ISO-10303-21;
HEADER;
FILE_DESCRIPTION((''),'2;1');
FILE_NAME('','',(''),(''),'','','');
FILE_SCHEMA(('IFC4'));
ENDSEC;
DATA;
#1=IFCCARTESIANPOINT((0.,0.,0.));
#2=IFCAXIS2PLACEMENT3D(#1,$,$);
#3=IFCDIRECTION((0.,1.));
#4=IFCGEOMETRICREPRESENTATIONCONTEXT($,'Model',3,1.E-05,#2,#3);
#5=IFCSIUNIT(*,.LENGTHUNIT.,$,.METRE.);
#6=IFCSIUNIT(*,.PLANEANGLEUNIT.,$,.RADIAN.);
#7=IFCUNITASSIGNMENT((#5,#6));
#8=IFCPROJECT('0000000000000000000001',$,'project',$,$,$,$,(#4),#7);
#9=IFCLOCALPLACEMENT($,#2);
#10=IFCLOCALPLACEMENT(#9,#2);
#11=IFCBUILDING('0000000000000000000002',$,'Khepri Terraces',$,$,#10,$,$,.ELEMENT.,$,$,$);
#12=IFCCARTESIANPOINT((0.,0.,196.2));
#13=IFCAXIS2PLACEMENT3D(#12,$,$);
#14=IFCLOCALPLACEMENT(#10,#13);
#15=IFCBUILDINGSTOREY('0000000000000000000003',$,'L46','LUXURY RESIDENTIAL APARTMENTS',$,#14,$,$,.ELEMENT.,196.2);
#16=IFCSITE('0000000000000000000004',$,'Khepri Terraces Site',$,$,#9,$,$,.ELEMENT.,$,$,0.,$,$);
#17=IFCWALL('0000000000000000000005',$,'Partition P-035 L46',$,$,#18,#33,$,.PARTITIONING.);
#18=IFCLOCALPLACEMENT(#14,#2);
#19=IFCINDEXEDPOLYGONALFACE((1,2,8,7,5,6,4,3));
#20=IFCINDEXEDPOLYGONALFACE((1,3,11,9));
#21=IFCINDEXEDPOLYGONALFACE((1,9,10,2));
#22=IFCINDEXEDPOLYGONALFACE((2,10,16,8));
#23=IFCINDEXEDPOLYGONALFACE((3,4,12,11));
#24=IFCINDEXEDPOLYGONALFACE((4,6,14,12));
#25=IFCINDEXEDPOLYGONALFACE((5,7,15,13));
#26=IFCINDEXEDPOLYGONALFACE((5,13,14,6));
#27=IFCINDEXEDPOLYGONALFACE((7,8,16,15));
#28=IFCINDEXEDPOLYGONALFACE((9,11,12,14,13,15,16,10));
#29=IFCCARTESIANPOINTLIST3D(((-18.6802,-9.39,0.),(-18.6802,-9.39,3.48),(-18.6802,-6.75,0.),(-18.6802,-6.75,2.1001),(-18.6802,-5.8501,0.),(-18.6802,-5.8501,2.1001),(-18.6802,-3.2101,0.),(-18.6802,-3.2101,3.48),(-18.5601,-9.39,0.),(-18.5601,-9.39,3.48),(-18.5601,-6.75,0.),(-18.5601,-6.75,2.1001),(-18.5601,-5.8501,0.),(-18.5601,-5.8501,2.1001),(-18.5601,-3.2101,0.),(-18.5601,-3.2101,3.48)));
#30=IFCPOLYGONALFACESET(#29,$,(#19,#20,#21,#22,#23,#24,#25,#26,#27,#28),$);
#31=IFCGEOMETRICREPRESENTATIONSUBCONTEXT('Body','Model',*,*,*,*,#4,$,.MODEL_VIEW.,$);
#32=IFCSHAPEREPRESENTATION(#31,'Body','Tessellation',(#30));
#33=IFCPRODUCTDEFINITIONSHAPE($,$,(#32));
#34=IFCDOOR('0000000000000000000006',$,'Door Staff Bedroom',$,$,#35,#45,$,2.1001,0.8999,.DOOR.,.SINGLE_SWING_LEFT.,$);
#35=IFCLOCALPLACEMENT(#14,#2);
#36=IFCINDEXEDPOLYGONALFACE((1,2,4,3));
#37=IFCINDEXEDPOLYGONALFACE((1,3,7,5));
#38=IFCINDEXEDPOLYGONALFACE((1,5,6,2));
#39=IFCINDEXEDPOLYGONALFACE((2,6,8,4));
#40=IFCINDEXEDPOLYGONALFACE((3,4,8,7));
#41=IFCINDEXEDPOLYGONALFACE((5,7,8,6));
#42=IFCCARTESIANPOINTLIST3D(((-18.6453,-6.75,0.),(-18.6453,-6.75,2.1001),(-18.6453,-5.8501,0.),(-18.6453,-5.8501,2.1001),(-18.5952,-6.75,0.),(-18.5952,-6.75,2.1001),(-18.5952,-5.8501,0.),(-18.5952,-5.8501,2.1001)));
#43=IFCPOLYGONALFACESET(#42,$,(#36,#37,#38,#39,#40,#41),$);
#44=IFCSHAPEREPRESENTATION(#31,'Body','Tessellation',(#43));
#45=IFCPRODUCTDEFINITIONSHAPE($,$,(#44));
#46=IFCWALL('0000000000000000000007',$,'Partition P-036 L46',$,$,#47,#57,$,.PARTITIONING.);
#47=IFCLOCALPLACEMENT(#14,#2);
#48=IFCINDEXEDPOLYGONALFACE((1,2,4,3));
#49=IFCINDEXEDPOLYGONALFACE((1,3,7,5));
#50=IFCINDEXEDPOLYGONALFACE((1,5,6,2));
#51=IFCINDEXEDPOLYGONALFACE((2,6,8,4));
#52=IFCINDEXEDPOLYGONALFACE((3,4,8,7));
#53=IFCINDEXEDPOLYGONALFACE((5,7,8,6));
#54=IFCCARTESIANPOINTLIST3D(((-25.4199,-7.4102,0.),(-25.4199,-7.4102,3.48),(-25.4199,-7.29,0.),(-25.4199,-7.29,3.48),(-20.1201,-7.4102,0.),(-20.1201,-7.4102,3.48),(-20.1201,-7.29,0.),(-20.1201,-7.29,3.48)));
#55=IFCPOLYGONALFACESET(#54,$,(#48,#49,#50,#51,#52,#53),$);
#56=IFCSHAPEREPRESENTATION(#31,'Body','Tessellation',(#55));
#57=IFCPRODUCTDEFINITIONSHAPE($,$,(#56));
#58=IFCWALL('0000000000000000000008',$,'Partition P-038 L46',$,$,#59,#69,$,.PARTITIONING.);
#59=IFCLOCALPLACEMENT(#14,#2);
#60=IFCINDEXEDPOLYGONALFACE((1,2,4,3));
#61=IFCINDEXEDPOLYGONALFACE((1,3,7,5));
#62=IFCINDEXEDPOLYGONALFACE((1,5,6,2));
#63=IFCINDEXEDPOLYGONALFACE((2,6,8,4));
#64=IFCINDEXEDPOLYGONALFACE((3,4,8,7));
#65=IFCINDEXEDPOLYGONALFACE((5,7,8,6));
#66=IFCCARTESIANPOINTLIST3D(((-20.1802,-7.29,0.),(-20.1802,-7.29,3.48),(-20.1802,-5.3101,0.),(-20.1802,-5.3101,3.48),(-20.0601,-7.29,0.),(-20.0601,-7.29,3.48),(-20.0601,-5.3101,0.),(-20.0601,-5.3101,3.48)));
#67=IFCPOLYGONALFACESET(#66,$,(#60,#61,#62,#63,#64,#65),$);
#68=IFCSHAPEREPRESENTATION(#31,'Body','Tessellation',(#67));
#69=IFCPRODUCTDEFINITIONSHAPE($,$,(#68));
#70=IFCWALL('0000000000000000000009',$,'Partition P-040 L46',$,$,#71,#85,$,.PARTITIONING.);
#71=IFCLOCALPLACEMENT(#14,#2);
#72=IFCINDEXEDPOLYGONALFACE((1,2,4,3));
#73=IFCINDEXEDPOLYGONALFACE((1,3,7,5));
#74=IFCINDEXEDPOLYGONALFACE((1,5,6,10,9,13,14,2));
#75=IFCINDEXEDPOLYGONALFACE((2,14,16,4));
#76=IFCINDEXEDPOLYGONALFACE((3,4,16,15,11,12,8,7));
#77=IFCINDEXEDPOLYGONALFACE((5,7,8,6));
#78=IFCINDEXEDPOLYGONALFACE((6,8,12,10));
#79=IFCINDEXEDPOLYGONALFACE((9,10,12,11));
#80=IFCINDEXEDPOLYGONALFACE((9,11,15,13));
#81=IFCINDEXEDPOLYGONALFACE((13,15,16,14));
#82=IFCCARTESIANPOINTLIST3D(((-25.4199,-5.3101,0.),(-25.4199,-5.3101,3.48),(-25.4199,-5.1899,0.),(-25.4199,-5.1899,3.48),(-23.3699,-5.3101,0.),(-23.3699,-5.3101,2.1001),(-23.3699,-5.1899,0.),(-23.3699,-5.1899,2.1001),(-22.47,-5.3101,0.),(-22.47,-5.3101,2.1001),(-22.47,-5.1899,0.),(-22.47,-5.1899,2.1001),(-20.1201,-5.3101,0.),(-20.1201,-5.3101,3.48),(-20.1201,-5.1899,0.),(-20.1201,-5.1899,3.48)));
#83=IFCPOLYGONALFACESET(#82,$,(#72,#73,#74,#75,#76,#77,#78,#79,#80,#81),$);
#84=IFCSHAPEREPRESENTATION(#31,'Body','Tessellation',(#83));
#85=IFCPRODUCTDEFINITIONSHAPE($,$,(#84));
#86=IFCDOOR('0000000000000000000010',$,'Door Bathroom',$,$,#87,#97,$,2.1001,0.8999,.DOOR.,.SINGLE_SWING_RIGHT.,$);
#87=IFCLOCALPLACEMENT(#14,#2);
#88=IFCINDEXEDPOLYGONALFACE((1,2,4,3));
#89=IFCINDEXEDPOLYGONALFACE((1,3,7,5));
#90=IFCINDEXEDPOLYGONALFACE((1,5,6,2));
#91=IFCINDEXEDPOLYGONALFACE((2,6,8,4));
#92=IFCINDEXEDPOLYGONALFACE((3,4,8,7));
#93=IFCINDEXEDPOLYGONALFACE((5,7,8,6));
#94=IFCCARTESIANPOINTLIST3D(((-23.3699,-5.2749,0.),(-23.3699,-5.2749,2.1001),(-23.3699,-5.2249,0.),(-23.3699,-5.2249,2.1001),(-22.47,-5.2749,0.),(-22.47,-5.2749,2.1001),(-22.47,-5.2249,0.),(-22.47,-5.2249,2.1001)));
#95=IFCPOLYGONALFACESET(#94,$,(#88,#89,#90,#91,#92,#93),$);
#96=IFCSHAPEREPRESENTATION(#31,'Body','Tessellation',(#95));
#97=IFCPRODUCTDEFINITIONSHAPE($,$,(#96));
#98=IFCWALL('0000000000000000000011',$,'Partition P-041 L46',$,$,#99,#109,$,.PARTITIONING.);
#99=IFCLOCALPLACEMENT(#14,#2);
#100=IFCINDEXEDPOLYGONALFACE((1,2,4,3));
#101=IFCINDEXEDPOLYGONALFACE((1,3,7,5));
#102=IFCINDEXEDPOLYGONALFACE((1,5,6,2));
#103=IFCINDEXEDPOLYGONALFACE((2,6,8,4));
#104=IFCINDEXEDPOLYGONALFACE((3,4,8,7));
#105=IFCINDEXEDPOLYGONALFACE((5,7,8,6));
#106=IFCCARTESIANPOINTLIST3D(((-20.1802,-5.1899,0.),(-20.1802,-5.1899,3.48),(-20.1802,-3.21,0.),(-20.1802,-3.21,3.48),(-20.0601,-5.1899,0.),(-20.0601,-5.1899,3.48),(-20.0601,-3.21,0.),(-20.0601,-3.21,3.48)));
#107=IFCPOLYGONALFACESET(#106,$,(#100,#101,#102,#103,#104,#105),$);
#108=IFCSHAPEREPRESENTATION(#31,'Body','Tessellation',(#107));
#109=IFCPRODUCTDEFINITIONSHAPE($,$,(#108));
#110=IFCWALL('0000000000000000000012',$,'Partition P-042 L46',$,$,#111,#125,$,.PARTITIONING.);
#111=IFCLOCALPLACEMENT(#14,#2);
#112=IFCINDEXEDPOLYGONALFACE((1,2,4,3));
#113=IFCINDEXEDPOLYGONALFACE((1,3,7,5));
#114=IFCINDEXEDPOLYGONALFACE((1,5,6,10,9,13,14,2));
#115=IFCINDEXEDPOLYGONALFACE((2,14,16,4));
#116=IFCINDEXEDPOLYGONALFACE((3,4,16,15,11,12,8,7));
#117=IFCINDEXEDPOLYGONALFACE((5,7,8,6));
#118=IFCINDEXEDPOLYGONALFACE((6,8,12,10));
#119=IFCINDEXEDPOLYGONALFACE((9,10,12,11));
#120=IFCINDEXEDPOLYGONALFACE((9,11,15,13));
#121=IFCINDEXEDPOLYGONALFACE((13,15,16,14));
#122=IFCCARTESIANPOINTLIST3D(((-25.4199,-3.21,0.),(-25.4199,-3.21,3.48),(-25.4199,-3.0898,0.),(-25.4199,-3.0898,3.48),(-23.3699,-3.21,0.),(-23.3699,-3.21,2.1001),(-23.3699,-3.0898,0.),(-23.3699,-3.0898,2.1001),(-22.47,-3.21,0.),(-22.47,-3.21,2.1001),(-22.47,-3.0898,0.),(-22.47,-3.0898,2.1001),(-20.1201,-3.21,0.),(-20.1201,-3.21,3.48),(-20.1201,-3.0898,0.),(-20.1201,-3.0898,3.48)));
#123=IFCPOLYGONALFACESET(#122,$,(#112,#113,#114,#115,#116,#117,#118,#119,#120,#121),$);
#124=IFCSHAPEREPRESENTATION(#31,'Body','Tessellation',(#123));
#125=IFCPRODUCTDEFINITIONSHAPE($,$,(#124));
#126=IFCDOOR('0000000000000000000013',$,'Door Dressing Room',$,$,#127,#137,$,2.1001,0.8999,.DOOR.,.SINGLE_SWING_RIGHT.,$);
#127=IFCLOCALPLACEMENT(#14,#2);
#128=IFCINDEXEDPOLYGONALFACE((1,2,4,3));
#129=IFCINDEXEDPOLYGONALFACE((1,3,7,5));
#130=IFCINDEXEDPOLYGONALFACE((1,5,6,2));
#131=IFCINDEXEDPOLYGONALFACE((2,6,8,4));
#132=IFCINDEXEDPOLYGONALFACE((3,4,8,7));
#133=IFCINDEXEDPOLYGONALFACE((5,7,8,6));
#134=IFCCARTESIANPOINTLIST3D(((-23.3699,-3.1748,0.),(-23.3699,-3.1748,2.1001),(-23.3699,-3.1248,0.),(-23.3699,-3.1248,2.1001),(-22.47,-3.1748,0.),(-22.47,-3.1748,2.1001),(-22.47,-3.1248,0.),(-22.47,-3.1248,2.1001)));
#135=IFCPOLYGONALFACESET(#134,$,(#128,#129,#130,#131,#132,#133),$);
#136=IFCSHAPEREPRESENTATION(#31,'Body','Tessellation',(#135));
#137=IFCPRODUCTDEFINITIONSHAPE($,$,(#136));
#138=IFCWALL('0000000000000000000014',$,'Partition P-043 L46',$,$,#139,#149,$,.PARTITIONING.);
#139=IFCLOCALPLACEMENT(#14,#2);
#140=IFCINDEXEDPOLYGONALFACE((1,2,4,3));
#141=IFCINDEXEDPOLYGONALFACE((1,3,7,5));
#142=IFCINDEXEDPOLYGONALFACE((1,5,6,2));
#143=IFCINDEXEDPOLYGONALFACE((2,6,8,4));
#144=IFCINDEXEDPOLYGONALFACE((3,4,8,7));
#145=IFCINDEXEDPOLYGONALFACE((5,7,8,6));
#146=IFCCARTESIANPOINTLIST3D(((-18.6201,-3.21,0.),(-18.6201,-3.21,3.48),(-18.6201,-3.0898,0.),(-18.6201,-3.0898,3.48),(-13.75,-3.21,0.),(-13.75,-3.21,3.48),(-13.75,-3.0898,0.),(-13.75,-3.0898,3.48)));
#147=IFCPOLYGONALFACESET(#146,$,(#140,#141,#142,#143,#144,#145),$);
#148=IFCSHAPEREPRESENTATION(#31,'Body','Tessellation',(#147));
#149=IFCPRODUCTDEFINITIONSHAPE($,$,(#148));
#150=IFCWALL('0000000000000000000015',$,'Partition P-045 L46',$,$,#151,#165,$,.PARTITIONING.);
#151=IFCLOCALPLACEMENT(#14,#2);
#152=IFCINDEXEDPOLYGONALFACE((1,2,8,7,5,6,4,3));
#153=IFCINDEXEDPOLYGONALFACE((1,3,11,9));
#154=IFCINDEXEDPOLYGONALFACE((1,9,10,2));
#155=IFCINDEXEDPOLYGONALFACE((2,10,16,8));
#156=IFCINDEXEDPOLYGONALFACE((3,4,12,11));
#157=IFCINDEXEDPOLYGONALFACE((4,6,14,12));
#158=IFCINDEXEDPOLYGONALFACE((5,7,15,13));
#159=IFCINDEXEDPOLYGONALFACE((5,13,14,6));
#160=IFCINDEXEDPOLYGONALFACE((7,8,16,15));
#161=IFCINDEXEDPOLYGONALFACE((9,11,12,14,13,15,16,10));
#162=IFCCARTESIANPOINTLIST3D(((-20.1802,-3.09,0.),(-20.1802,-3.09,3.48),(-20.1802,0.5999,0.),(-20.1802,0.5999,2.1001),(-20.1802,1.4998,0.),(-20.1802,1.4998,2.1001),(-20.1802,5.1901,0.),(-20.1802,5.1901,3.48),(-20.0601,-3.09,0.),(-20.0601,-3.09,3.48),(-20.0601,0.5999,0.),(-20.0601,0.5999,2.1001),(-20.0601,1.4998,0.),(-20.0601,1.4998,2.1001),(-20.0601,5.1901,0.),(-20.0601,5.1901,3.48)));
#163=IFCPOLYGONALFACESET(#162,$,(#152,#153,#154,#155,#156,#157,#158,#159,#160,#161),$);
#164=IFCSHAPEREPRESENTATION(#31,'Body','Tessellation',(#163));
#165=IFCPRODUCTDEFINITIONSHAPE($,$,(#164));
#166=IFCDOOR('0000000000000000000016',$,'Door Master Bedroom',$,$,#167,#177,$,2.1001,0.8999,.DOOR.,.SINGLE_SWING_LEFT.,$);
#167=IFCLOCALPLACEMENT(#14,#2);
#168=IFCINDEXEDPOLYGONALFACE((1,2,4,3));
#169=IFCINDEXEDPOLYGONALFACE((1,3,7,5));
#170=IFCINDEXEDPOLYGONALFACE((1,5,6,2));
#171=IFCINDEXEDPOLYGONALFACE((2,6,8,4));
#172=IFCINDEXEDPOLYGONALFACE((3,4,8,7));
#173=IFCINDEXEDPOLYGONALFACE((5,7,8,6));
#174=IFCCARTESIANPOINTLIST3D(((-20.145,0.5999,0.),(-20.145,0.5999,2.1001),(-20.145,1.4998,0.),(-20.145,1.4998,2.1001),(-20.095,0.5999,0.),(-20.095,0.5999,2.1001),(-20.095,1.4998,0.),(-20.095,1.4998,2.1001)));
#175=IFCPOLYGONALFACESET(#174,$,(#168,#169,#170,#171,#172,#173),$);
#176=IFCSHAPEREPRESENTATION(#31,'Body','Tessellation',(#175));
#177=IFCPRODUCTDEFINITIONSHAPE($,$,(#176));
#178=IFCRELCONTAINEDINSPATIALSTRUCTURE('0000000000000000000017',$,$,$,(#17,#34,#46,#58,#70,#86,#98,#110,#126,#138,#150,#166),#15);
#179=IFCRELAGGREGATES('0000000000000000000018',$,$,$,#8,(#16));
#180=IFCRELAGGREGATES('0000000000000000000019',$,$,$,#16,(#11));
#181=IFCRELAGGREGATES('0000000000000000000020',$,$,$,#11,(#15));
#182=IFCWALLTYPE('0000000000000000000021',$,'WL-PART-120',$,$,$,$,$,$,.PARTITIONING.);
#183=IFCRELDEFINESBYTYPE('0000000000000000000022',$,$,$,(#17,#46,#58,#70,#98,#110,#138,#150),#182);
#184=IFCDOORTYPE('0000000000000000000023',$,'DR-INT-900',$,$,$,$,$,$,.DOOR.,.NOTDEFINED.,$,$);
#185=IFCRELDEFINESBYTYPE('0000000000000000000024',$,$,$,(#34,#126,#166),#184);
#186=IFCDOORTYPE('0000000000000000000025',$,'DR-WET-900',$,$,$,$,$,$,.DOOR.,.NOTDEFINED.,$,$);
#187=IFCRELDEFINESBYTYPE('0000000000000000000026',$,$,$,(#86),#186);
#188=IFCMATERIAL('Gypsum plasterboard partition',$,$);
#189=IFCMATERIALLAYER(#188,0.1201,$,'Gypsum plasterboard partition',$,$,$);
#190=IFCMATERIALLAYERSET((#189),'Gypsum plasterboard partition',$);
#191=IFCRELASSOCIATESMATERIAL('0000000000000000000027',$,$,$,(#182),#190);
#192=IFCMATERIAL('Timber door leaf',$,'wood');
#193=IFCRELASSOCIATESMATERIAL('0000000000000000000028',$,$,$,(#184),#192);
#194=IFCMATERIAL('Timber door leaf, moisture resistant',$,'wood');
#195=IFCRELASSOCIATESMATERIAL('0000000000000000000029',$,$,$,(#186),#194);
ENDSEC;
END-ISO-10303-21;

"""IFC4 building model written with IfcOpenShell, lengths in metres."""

from ifc_helpers import new_model, si_unit, direction, frame, frame_2d, origin, place, context, subcontext, project, spatial, rectangle, extrude, material, layer, layer_set, type_object, element, fill, save


model = new_model("IFC4")

# Units and contexts
model_context = context("Model", 3, precision=1e-05, world=origin(), true_north=direction((0.0, 1.0)))
body_context = subcontext(model_context, "Body", "Model", "MODEL_VIEW")
ifc_project = project(units=[si_unit("LENGTHUNIT", "METRE"), si_unit("PLANEANGLEUNIT", "RADIAN")], contexts=[model_context])

# Site, building, storey
site_placement = place(None, origin())
site = spatial("IfcSite", under=ifc_project, at=site_placement, Name="Khepri Terraces Site", CompositionType="ELEMENT", RefElevation=0.0)
building_placement = place(site_placement, origin())
building = spatial("IfcBuilding", under=site, at=building_placement, Name="Khepri Terraces", CompositionType="ELEMENT")
storey_placement = place(building_placement, frame((0.0, 0.0, 196.2)))
storey = spatial("IfcBuildingStorey", under=building, at=storey_placement, Name="L46", Description="LUXURY RESIDENTIAL APARTMENTS", CompositionType="ELEMENT", Elevation=196.2)

# Shared definitions
ifc_material_1 = material(Name="Gypsum plasterboard partition")
ifc_layer_1 = layer(ifc_material_1, 0.1201, Name="Gypsum plasterboard partition")
ifc_layer_set_1 = layer_set([ifc_layer_1], Name="Gypsum plasterboard partition")
wall_type_1 = type_object("IfcWallType", Name="WL-PART-120", PredefinedType="PARTITIONING", material=ifc_layer_set_1)

# Wall, opening, door
wall_1_placement = place(storey_placement, frame((-18.6201, -9.3899, 0.0), z_axis=(0.0, 0.0, 1.0), x_axis=(0.0, 1.0, 0.0)))
wall_1 = element("IfcWall", 1, at=wall_1_placement, inside=storey, type_object=wall_type_1, Name="Partition P-035 L46", PredefinedType="PARTITIONING", context=body_context, shape_type="SweptSolid", body=[
    extrude(rectangle(XDim=6.1799, YDim=0.1201, at=frame_2d((3.0898, 0.0))), origin(), (0.0, 0.0, 1.0), 3.48),
])
opening_1_placement = place(wall_1_placement, frame((2.6399, 0.0, 0.0)))
opening_1 = element("IfcOpeningElement", 2, at=opening_1_placement, cuts=wall_1, PredefinedType="OPENING", context=body_context, shape_type="SweptSolid", body=[
    extrude(rectangle(XDim=0.8999, YDim=2.1001, at=frame_2d((0.45, 1.05))), frame((0.0, 0.0701, 0.0), z_axis=(0.0, -1.0, 0.0), x_axis=(1.0, 0.0, 0.0)), (0.0, 0.0, 1.0), 0.1401),
])
ifc_material_2 = material(Name="Timber door leaf", Category="wood")
door_type_1 = type_object("IfcDoorType", Name="DR-INT-900", OperationType="NOTDEFINED", PredefinedType="DOOR", material=ifc_material_2)
door_1_placement = place(opening_1_placement, frame((0.8999, 0.0, 0.0), z_axis=(0.0, 0.0, 1.0), x_axis=(-1.0, 0.0, 0.0)))
door_1 = element("IfcDoor", 3, at=door_1_placement, inside=storey, type_object=door_type_1, Name="Door Staff Bedroom", OperationType="SINGLE_SWING_LEFT", OverallHeight=2.1001, OverallWidth=0.8999, PredefinedType="DOOR", context=body_context, shape_type="SweptSolid", body=[
    extrude(rectangle(XDim=0.8999, YDim=2.1001, at=frame_2d((0.45, 1.05))), frame((0.0, 0.0249, 0.0), z_axis=(0.0, -1.0, 0.0), x_axis=(1.0, 0.0, 0.0)), (0.0, 0.0, 1.0), 0.05),
])
fill(opening_1, door_1)

# Walls
wall_2_placement = place(storey_placement, frame((-25.4199, -7.3501, 0.0), z_axis=(0.0, 0.0, 1.0), x_axis=(1.0, 0.0, 0.0)))
element("IfcWall", 4, at=wall_2_placement, inside=storey, type_object=wall_type_1, Name="Partition P-036 L46", PredefinedType="PARTITIONING", context=body_context, shape_type="SweptSolid", body=[
    extrude(rectangle(XDim=5.2998, YDim=0.1201, at=frame_2d((2.6499, 0.0))), origin(), (0.0, 0.0, 1.0), 3.48),
])
wall_3_placement = place(storey_placement, frame((-20.1201, -7.29, 0.0), z_axis=(0.0, 0.0, 1.0), x_axis=(0.0, 1.0, 0.0)))
element("IfcWall", 5, at=wall_3_placement, inside=storey, type_object=wall_type_1, Name="Partition P-038 L46", PredefinedType="PARTITIONING", context=body_context, shape_type="SweptSolid", body=[
    extrude(rectangle(XDim=1.98, YDim=0.1201, at=frame_2d((0.99, 0.0))), origin(), (0.0, 0.0, 1.0), 3.48),
])

# Wall, opening, door
wall_4_placement = place(storey_placement, frame((-25.4199, -5.25, 0.0), z_axis=(0.0, 0.0, 1.0), x_axis=(1.0, 0.0, 0.0)))
wall_4 = element("IfcWall", 6, at=wall_4_placement, inside=storey, type_object=wall_type_1, Name="Partition P-040 L46", PredefinedType="PARTITIONING", context=body_context, shape_type="SweptSolid", body=[
    extrude(rectangle(XDim=5.2998, YDim=0.1201, at=frame_2d((2.6499, 0.0))), origin(), (0.0, 0.0, 1.0), 3.48),
])
opening_2_placement = place(wall_4_placement, frame((2.05, 0.0, 0.0)))
opening_2 = element("IfcOpeningElement", 7, at=opening_2_placement, cuts=wall_4, PredefinedType="OPENING", context=body_context, shape_type="SweptSolid", body=[
    extrude(rectangle(XDim=0.8999, YDim=2.1001, at=frame_2d((0.45, 1.05))), frame((0.0, 0.0701, 0.0), z_axis=(0.0, -1.0, 0.0), x_axis=(1.0, 0.0, 0.0)), (0.0, 0.0, 1.0), 0.1401),
])
ifc_material_3 = material(Name="Timber door leaf, moisture resistant", Category="wood")
door_type_2 = type_object("IfcDoorType", Name="DR-WET-900", OperationType="NOTDEFINED", PredefinedType="DOOR", material=ifc_material_3)
door_2_placement = place(opening_2_placement, frame((0.8999, 0.0, 0.0), z_axis=(0.0, 0.0, 1.0), x_axis=(-1.0, 0.0, 0.0)))
door_2 = element("IfcDoor", 8, at=door_2_placement, inside=storey, type_object=door_type_2, Name="Door Bathroom", OperationType="SINGLE_SWING_RIGHT", OverallHeight=2.1001, OverallWidth=0.8999, PredefinedType="DOOR", context=body_context, shape_type="SweptSolid", body=[
    extrude(rectangle(XDim=0.8999, YDim=2.1001, at=frame_2d((0.45, 1.05))), frame((0.0, 0.0249, 0.0), z_axis=(0.0, -1.0, 0.0), x_axis=(1.0, 0.0, 0.0)), (0.0, 0.0, 1.0), 0.05),
])
fill(opening_2, door_2)

# Wall
wall_5_placement = place(storey_placement, frame((-20.1201, -5.1899, 0.0), z_axis=(0.0, 0.0, 1.0), x_axis=(0.0, 1.0, 0.0)))
element("IfcWall", 9, at=wall_5_placement, inside=storey, type_object=wall_type_1, Name="Partition P-041 L46", PredefinedType="PARTITIONING", context=body_context, shape_type="SweptSolid", body=[
    extrude(rectangle(XDim=1.98, YDim=0.1201, at=frame_2d((0.99, 0.0))), origin(), (0.0, 0.0, 1.0), 3.48),
])

# Wall, opening, door
wall_6_placement = place(storey_placement, frame((-25.4199, -3.1499, 0.0), z_axis=(0.0, 0.0, 1.0), x_axis=(1.0, 0.0, 0.0)))
wall_6 = element("IfcWall", 10, at=wall_6_placement, inside=storey, type_object=wall_type_1, Name="Partition P-042 L46", PredefinedType="PARTITIONING", context=body_context, shape_type="SweptSolid", body=[
    extrude(rectangle(XDim=5.2998, YDim=0.1201, at=frame_2d((2.6499, 0.0))), origin(), (0.0, 0.0, 1.0), 3.48),
])
opening_3_placement = place(wall_6_placement, frame((2.05, 0.0, 0.0)))
opening_3 = element("IfcOpeningElement", 11, at=opening_3_placement, cuts=wall_6, PredefinedType="OPENING", context=body_context, shape_type="SweptSolid", body=[
    extrude(rectangle(XDim=0.8999, YDim=2.1001, at=frame_2d((0.45, 1.05))), frame((0.0, 0.0701, 0.0), z_axis=(0.0, -1.0, 0.0), x_axis=(1.0, 0.0, 0.0)), (0.0, 0.0, 1.0), 0.1401),
])
door_3_placement = place(opening_3_placement, frame((0.8999, 0.0, 0.0), z_axis=(0.0, 0.0, 1.0), x_axis=(-1.0, 0.0, 0.0)))
door_3 = element("IfcDoor", 12, at=door_3_placement, inside=storey, type_object=door_type_1, Name="Door Dressing Room", OperationType="SINGLE_SWING_RIGHT", OverallHeight=2.1001, OverallWidth=0.8999, PredefinedType="DOOR", context=body_context, shape_type="SweptSolid", body=[
    extrude(rectangle(XDim=0.8999, YDim=2.1001, at=frame_2d((0.45, 1.05))), frame((0.0, 0.0249, 0.0), z_axis=(0.0, -1.0, 0.0), x_axis=(1.0, 0.0, 0.0)), (0.0, 0.0, 1.0), 0.05),
])
fill(opening_3, door_3)

# Wall
wall_7_placement = place(storey_placement, frame((-18.6201, -3.1499, 0.0), z_axis=(0.0, 0.0, 1.0), x_axis=(1.0, 0.0, 0.0)))
element("IfcWall", 13, at=wall_7_placement, inside=storey, type_object=wall_type_1, Name="Partition P-043 L46", PredefinedType="PARTITIONING", context=body_context, shape_type="SweptSolid", body=[
    extrude(rectangle(XDim=4.8701, YDim=0.1201, at=frame_2d((2.4351, 0.0))), origin(), (0.0, 0.0, 1.0), 3.48),
])

# Wall, opening, door
wall_8_placement = place(storey_placement, frame((-20.1201, -3.0901, 0.0), z_axis=(0.0, 0.0, 1.0), x_axis=(0.0, 1.0, 0.0)))
wall_8 = element("IfcWall", 14, at=wall_8_placement, inside=storey, type_object=wall_type_1, Name="Partition P-045 L46", PredefinedType="PARTITIONING", context=body_context, shape_type="SweptSolid", body=[
    extrude(rectangle(XDim=8.28, YDim=0.1201, at=frame_2d((4.1401, 0.0))), origin(), (0.0, 0.0, 1.0), 3.48),
])
opening_4_placement = place(wall_8_placement, frame((3.6899, 0.0, 0.0)))
opening_4 = element("IfcOpeningElement", 15, at=opening_4_placement, cuts=wall_8, PredefinedType="OPENING", context=body_context, shape_type="SweptSolid", body=[
    extrude(rectangle(XDim=0.8999, YDim=2.1001, at=frame_2d((0.45, 1.05))), frame((0.0, 0.0701, 0.0), z_axis=(0.0, -1.0, 0.0), x_axis=(1.0, 0.0, 0.0)), (0.0, 0.0, 1.0), 0.1401),
])
door_4_placement = place(opening_4_placement, origin())
door_4 = element("IfcDoor", 16, at=door_4_placement, inside=storey, type_object=door_type_1, Name="Door Master Bedroom", OperationType="SINGLE_SWING_LEFT", OverallHeight=2.1001, OverallWidth=0.8999, PredefinedType="DOOR", context=body_context, shape_type="SweptSolid", body=[
    extrude(rectangle(XDim=0.8999, YDim=2.1001, at=frame_2d((0.45, 1.05))), frame((0.0, 0.0249, 0.0), z_axis=(0.0, -1.0, 0.0), x_axis=(1.0, 0.0, 0.0)), (0.0, 0.0, 1.0), 0.05),
])
fill(opening_4, door_4)

save(model, "model.ifc")
